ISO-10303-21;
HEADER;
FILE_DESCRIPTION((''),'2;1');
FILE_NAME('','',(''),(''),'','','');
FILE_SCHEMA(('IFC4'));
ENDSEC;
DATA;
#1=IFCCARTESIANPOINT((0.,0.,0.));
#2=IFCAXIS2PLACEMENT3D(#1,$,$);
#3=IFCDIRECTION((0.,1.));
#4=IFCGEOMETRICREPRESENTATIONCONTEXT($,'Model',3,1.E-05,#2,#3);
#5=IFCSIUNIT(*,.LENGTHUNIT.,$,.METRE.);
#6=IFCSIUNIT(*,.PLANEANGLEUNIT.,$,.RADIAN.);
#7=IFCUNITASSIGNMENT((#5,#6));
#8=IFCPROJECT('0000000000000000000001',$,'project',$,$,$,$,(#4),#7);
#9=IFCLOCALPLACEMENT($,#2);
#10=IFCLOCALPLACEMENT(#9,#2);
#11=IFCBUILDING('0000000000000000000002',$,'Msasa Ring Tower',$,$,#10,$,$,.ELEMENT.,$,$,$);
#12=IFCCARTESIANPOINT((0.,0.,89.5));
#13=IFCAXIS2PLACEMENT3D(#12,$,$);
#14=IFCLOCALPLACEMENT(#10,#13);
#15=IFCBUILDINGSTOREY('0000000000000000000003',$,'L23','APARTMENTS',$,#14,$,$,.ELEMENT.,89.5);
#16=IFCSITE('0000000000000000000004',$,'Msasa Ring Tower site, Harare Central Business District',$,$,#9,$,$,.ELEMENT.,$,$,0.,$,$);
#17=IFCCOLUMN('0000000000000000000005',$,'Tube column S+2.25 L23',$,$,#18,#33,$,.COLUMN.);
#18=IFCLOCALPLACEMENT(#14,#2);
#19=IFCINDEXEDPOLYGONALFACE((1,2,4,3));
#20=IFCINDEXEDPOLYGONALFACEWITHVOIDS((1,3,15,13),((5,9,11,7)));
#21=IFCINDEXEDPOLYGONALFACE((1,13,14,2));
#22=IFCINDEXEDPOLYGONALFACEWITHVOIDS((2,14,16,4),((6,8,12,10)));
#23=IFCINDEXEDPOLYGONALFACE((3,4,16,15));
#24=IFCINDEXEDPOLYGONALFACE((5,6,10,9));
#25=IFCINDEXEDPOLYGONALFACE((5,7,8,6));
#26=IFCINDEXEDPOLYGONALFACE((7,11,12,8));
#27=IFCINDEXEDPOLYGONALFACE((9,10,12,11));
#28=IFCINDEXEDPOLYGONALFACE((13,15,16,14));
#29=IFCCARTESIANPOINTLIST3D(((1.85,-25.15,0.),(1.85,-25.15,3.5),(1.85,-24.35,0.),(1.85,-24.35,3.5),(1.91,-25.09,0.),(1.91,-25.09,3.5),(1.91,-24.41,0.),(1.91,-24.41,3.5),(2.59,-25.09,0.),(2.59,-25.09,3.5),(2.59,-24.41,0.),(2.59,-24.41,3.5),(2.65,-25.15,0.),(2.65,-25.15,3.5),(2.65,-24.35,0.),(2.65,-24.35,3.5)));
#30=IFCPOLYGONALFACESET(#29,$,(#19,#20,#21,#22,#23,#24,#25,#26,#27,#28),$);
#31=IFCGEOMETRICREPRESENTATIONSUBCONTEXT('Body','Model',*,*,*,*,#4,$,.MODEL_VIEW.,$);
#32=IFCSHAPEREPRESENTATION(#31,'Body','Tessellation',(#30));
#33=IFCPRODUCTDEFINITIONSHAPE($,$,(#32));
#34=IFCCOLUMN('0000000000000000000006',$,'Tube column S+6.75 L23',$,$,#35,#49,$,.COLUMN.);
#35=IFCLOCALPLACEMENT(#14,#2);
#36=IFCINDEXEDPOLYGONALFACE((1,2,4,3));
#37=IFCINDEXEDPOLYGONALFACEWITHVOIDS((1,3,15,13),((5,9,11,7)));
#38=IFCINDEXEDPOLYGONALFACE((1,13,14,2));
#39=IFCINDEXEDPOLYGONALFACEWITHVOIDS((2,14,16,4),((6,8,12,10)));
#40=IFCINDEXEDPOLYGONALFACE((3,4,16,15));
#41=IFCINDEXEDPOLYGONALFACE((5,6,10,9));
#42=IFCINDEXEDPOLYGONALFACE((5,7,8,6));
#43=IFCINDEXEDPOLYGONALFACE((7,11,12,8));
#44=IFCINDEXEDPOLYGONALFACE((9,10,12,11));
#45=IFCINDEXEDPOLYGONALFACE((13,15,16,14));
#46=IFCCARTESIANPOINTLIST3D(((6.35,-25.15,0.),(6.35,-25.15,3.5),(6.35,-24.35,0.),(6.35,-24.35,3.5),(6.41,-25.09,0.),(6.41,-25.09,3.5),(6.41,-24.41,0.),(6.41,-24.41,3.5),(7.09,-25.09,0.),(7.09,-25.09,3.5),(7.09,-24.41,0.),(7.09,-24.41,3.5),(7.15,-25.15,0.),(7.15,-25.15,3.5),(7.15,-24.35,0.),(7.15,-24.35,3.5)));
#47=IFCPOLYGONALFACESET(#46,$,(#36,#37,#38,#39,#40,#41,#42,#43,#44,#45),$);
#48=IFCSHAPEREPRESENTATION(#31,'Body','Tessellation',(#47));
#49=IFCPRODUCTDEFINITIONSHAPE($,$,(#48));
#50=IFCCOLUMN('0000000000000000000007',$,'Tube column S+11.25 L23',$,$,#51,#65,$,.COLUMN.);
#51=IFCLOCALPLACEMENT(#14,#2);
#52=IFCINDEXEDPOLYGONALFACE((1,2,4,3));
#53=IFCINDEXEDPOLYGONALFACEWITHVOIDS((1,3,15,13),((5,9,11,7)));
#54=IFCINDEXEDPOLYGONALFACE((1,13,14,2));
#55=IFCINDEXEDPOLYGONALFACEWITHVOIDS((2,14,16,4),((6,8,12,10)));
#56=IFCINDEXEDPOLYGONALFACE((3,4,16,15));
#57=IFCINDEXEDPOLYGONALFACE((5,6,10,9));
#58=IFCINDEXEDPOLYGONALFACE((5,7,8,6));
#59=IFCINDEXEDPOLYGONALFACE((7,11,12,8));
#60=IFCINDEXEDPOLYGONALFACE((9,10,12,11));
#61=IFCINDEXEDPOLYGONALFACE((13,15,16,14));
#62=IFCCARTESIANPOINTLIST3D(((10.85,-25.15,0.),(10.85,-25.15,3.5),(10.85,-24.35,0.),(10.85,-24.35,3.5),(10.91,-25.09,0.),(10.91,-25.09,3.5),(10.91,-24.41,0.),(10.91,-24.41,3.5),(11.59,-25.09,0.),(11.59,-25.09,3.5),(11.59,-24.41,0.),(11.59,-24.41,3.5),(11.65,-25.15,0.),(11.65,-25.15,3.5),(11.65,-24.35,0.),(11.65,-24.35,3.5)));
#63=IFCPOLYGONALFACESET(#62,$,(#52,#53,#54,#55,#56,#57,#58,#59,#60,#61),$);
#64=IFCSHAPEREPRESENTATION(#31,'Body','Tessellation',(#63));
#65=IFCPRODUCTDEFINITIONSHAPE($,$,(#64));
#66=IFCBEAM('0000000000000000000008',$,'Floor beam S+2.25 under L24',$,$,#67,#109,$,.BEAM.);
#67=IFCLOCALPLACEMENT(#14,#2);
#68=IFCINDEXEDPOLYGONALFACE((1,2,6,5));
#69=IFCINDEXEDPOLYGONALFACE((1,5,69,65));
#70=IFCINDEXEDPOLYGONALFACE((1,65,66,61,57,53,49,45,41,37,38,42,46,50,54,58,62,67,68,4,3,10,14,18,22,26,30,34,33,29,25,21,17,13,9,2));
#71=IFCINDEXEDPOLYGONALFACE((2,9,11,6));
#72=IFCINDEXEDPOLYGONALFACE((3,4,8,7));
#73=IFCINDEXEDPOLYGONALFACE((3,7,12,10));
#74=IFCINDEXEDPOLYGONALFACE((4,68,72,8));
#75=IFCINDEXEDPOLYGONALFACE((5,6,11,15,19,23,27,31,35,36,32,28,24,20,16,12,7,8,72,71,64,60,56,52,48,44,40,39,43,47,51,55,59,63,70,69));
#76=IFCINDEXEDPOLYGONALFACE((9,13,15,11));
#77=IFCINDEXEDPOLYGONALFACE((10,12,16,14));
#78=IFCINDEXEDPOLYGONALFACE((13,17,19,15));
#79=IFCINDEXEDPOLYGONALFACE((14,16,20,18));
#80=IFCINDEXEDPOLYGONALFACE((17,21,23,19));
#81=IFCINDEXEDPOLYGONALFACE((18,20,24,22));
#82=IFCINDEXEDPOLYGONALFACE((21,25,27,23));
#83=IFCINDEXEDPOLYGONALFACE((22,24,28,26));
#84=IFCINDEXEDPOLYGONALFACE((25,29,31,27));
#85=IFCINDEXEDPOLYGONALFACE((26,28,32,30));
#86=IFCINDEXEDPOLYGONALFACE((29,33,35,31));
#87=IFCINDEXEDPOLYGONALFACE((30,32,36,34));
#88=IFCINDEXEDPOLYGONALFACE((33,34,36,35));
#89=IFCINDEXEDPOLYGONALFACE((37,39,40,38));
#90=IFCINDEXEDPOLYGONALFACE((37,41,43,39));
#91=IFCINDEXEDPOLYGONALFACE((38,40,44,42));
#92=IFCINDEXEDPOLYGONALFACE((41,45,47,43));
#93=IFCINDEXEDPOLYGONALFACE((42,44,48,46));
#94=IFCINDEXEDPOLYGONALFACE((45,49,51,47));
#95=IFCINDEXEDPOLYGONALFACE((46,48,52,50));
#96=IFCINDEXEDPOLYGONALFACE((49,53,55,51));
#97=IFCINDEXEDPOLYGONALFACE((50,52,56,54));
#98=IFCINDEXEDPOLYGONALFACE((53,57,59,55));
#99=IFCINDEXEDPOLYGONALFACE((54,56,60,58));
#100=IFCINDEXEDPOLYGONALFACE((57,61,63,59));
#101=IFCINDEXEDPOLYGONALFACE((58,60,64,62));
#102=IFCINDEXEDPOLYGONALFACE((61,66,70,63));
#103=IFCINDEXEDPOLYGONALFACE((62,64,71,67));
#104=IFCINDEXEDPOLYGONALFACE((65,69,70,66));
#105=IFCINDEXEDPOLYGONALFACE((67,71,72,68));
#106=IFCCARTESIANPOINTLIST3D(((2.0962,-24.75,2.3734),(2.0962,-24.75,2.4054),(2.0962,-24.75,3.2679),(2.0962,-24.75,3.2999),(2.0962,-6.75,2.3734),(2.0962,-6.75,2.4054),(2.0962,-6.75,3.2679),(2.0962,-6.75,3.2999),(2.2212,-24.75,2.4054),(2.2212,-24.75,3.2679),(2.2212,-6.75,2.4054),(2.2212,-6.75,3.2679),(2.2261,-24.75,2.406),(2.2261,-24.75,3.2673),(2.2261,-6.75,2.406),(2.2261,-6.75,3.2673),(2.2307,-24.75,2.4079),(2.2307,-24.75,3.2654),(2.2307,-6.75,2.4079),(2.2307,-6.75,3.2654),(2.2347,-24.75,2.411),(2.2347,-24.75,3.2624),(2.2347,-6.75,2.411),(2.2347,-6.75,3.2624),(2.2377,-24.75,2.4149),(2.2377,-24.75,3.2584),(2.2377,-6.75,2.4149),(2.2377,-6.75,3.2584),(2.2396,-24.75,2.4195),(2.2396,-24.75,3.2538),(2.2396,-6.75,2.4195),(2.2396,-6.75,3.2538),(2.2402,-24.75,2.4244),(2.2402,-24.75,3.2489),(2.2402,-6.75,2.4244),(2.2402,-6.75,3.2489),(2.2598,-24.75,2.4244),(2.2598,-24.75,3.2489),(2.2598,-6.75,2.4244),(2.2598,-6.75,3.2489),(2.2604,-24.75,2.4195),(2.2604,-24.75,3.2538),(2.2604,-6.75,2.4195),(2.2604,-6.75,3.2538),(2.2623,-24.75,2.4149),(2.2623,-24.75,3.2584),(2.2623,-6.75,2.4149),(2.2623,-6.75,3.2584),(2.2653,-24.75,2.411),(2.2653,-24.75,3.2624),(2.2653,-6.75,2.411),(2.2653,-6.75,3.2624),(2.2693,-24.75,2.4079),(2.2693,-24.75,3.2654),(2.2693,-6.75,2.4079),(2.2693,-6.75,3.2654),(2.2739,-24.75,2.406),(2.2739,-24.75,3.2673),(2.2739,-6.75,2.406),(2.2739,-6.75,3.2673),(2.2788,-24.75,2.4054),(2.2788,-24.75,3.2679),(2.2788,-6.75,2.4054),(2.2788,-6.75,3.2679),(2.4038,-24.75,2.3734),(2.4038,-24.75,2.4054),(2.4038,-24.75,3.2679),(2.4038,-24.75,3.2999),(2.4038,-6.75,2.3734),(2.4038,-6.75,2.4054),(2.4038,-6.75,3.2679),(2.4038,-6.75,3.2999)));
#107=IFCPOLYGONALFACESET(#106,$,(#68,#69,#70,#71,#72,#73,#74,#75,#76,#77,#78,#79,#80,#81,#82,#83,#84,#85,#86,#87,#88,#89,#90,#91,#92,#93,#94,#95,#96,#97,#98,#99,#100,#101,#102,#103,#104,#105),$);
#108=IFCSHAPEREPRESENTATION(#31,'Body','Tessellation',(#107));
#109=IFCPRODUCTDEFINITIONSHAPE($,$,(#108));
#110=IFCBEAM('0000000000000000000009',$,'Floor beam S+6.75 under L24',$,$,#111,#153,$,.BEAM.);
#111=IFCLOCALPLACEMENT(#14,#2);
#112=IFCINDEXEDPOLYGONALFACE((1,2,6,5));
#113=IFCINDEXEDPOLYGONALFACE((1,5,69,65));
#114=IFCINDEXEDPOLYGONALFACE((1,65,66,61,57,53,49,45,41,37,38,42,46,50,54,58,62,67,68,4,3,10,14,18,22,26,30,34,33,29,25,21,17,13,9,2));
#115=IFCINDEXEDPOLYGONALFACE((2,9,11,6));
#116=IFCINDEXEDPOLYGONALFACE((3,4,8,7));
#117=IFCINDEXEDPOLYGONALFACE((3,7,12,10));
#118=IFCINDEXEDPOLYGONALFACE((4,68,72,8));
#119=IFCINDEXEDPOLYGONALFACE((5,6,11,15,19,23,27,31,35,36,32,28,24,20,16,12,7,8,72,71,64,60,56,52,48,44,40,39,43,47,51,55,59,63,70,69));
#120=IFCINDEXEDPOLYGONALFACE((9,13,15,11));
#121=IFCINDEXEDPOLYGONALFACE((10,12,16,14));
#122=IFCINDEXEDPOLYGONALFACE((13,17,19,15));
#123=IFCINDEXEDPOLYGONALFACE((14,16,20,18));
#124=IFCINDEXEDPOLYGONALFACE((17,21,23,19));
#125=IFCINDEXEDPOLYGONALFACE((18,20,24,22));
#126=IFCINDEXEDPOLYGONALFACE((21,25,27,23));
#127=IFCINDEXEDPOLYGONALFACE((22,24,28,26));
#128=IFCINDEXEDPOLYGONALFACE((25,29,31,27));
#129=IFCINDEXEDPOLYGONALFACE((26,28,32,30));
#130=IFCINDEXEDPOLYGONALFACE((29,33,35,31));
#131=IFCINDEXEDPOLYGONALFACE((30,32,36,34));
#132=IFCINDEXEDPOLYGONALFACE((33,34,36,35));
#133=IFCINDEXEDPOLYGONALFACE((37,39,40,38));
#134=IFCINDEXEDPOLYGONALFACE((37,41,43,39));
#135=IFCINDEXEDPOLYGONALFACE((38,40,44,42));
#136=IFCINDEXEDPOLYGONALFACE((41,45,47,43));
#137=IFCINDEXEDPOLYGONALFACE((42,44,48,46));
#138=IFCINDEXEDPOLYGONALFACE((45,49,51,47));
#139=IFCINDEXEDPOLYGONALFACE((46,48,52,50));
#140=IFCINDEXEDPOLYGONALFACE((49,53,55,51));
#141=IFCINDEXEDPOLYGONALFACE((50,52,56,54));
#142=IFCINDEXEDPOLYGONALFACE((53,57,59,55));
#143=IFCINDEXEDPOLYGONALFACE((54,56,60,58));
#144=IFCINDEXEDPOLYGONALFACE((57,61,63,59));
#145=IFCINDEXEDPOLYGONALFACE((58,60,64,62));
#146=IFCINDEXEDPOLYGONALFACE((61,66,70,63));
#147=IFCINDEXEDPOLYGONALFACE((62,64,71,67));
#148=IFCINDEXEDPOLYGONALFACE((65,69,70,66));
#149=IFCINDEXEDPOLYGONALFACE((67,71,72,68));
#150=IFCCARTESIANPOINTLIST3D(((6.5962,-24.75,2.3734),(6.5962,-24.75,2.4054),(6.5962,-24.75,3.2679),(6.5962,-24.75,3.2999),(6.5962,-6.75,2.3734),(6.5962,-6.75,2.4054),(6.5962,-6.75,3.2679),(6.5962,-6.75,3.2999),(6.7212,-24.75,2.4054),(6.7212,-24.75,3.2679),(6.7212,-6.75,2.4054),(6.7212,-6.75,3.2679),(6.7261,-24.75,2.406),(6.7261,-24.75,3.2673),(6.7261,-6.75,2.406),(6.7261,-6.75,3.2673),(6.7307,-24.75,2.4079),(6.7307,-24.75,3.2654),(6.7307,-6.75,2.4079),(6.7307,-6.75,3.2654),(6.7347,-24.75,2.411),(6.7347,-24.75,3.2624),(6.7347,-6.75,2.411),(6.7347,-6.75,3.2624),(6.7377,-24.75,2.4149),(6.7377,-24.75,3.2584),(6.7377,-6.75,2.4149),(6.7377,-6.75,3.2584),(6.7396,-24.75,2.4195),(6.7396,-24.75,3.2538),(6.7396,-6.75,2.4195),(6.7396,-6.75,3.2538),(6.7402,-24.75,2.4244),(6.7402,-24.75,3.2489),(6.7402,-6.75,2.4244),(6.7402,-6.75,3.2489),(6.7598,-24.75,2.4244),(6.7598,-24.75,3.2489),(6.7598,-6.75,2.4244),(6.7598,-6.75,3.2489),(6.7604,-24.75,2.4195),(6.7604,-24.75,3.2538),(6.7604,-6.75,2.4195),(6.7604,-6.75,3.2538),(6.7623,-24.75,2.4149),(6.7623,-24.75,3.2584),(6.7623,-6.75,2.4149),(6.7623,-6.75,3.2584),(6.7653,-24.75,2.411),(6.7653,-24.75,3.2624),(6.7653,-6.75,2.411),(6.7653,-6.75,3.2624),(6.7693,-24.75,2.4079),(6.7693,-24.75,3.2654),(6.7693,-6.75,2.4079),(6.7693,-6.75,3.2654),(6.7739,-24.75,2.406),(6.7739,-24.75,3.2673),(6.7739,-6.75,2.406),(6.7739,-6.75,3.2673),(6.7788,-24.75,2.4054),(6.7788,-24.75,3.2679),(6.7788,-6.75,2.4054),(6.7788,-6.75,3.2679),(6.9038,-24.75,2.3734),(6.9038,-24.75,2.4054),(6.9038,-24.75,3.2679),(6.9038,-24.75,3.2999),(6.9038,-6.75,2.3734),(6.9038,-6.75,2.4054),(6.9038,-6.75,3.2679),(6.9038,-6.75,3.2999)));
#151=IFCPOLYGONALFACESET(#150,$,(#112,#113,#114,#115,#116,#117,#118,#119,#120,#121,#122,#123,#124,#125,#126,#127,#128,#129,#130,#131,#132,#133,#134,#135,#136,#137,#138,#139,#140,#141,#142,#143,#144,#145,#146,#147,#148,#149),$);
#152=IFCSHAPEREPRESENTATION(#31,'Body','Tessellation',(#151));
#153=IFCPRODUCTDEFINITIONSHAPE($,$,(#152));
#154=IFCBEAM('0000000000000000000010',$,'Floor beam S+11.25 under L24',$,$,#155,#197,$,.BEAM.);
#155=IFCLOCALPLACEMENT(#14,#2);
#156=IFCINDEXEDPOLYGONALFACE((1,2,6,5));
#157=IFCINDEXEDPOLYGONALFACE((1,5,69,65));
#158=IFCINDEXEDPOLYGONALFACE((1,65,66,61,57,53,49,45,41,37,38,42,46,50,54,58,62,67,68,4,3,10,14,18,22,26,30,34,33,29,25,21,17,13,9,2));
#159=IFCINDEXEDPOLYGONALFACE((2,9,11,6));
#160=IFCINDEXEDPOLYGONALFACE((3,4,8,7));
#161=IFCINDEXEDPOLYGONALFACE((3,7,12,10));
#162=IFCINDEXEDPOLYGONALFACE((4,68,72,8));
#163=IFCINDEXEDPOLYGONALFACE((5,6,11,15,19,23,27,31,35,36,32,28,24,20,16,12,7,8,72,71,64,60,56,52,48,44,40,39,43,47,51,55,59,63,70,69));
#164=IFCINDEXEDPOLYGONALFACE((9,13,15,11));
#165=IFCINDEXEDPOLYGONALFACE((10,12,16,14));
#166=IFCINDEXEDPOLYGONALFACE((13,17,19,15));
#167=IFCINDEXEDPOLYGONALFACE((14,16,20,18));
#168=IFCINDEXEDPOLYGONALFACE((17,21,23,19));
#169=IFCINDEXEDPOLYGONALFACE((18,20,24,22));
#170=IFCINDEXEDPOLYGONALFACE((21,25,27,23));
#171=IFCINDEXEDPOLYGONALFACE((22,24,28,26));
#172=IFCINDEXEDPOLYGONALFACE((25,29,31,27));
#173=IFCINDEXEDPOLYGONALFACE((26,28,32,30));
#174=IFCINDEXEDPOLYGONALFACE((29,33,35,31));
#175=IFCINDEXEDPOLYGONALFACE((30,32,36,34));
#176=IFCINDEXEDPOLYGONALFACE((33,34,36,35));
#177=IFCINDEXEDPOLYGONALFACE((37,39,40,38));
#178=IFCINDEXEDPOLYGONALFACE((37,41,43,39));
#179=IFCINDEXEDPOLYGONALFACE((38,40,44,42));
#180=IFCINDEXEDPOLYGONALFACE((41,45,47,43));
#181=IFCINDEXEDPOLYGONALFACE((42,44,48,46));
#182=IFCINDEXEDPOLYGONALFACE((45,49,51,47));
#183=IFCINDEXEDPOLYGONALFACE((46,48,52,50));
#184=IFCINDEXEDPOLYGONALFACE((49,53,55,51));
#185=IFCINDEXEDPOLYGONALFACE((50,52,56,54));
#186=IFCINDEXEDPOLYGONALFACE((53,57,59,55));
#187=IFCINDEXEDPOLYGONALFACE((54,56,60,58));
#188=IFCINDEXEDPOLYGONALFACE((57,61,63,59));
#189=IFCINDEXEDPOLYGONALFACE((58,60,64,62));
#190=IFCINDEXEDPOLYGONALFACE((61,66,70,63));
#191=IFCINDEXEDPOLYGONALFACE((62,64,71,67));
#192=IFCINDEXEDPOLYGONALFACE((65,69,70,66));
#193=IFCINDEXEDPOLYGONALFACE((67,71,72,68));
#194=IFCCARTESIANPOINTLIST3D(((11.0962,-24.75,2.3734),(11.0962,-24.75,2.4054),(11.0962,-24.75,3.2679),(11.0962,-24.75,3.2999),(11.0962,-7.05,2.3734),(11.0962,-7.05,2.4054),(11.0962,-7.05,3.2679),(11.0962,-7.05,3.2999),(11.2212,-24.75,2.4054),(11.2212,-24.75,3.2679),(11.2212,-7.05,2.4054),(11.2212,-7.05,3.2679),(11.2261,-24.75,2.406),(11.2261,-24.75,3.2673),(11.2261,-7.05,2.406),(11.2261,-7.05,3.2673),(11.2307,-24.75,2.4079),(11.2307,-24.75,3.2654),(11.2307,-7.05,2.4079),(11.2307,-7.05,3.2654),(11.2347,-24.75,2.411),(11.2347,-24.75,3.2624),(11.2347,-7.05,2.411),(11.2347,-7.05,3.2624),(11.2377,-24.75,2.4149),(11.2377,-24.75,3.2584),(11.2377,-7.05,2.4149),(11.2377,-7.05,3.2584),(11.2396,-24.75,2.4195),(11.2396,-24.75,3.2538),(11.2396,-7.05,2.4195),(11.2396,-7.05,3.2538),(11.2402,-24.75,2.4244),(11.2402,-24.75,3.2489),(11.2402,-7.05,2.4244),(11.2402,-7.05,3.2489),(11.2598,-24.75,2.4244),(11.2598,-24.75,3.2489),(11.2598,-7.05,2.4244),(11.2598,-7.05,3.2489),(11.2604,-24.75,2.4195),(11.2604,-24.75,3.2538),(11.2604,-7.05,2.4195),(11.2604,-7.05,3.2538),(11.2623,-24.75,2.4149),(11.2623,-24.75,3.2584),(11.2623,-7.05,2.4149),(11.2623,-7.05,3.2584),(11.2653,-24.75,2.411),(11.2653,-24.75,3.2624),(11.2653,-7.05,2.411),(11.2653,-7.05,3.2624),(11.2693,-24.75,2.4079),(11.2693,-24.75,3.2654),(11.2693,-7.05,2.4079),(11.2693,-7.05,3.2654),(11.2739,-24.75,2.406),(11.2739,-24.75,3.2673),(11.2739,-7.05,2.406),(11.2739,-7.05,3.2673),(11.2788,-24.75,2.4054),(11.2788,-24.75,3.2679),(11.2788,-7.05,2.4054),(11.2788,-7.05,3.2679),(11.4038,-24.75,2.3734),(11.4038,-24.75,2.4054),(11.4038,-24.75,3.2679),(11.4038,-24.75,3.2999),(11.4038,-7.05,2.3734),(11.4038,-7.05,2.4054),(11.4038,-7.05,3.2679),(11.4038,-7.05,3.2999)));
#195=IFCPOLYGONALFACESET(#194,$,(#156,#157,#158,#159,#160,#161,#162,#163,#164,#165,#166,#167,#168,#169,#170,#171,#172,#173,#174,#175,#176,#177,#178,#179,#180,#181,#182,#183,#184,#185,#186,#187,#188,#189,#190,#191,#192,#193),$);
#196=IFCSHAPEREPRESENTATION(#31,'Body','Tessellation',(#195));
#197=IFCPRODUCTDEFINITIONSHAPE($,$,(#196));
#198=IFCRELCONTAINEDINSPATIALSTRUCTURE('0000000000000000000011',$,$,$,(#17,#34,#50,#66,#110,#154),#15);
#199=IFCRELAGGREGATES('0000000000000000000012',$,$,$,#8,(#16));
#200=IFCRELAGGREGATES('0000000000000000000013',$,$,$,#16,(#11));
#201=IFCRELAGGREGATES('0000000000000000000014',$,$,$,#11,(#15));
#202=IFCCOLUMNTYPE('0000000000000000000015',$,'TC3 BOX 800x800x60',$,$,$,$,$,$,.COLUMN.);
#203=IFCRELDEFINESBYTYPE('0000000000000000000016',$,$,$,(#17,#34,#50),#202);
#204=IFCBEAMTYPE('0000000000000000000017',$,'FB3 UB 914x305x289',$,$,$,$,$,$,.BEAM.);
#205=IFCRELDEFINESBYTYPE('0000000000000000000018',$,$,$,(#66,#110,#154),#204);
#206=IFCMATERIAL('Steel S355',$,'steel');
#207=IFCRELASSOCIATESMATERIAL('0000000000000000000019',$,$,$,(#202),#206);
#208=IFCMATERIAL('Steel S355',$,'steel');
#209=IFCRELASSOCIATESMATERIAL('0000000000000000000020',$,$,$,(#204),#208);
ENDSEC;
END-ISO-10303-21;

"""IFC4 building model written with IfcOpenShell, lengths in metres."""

from ifc_helpers import new_model, si_unit, direction, frame, origin, origin_2d, place, context, subcontext, project, spatial, hollow_rectangle, i_section, extrude, material, material_profile, profile_set, type_object, element, save


model = new_model("IFC4")

# Units and contexts
model_context = context("Model", 3, precision=1e-05, world=origin(), true_north=direction((0.0, 1.0)))
body_context = subcontext(model_context, "Body", "Model", "MODEL_VIEW")
ifc_project = project(units=[si_unit("LENGTHUNIT", "METRE"), si_unit("PLANEANGLEUNIT", "RADIAN")], contexts=[model_context])

# Site, building, storey
site_placement = place(None, origin())
site = spatial("IfcSite", under=ifc_project, at=site_placement, Name="Msasa Ring Tower site, Harare Central Business District", CompositionType="ELEMENT", RefElevation=0.0)
building_placement = place(site_placement, origin())
building = spatial("IfcBuilding", under=site, at=building_placement, Name="Msasa Ring Tower", CompositionType="ELEMENT")
storey_placement = place(building_placement, frame((0.0, 0.0, 89.5)))
storey = spatial("IfcBuildingStorey", under=building, at=storey_placement, Name="L23", Description="APARTMENTS", CompositionType="ELEMENT", Elevation=89.5)

# Columns
ifc_material_1 = material(Name="Steel S355", Category="steel")
ifc_material_profile_1 = material_profile(ifc_material_1, hollow_rectangle(XDim=0.8, YDim=0.8, WallThickness=0.0601, at=origin_2d()), Name="BOX 800x800x60")
ifc_profile_set_1 = profile_set([ifc_material_profile_1], Name="Steel S355")
column_type = type_object("IfcColumnType", Name="TC3 BOX 800x800x60", PredefinedType="COLUMN", material=ifc_profile_set_1)
for number, where, z_axis, x_axis, name in (
    (1, (2.25, -24.75, 0.0), (0.0, 0.0, 1.0), (0.0, 1.0, 0.0), "Tube column S+2.25 L23"),
    (2, (6.75, -24.75, 0.0), (0.0, 0.0, 1.0), (0.0, 1.0, 0.0), "Tube column S+6.75 L23"),
    (3, (11.25, -24.75, 0.0), (0.0, 0.0, 1.0), (0.0, 1.0, 0.0), "Tube column S+11.25 L23"),
):
    element("IfcColumn", number, at=place(storey_placement, frame(where, z_axis=z_axis, x_axis=x_axis)), inside=storey, type_object=column_type, Name=name, PredefinedType="COLUMN", context=body_context, shape_type="SweptSolid", body=[
        extrude(hollow_rectangle(XDim=0.8, YDim=0.8, WallThickness=0.0601, at=origin_2d()), origin(), (0.0, 0.0, 1.0), 3.5),
    ])

# Beams
ifc_material_2 = material(Name="Steel S355", Category="steel")
ifc_material_profile_2 = material_profile(ifc_material_2, i_section(OverallWidth=0.3076, OverallDepth=0.9265, WebThickness=0.0195, FlangeThickness=0.032, FilletRadius=0.019, at=origin_2d()), Name="UB 914x305x289")
ifc_profile_set_2 = profile_set([ifc_material_profile_2], Name="Steel S355")
beam_type_1 = type_object("IfcBeamType", Name="FB3 UB 914x305x289", PredefinedType="BEAM", material=ifc_profile_set_2)
for number, where, z_axis, x_axis, name in (
    (4, (2.25, -24.75, 2.8367), (0.0, 1.0, 0.0), (-1.0, 0.0, 0.0), "Floor beam S+2.25 under L24"),
    (5, (6.75, -24.75, 2.8367), (0.0, 1.0, 0.0), (-1.0, 0.0, 0.0), "Floor beam S+6.75 under L24"),
):
    element("IfcBeam", number, at=place(storey_placement, frame(where, z_axis=z_axis, x_axis=x_axis)), inside=storey, type_object=beam_type_1, Name=name, PredefinedType="BEAM", context=body_context, shape_type="SweptSolid", body=[
        extrude(i_section(OverallWidth=0.3076, OverallDepth=0.9265, WebThickness=0.0195, FlangeThickness=0.032, FilletRadius=0.019, at=origin_2d()), origin(), (0.0, 0.0, 1.0), 18.0),
    ])
beam_placement = place(storey_placement, frame((11.25, -24.75, 2.8367), z_axis=(0.0, 1.0, 0.0), x_axis=(-1.0, 0.0, 0.0)))
element("IfcBeam", 6, at=beam_placement, inside=storey, type_object=beam_type_1, Name="Floor beam S+11.25 under L24", PredefinedType="BEAM", context=body_context, shape_type="SweptSolid", body=[
    extrude(i_section(OverallWidth=0.3076, OverallDepth=0.9265, WebThickness=0.0195, FlangeThickness=0.032, FilletRadius=0.019, at=origin_2d()), origin(), (0.0, 0.0, 1.0), 17.7),
])

save(model, "model.ifc")
